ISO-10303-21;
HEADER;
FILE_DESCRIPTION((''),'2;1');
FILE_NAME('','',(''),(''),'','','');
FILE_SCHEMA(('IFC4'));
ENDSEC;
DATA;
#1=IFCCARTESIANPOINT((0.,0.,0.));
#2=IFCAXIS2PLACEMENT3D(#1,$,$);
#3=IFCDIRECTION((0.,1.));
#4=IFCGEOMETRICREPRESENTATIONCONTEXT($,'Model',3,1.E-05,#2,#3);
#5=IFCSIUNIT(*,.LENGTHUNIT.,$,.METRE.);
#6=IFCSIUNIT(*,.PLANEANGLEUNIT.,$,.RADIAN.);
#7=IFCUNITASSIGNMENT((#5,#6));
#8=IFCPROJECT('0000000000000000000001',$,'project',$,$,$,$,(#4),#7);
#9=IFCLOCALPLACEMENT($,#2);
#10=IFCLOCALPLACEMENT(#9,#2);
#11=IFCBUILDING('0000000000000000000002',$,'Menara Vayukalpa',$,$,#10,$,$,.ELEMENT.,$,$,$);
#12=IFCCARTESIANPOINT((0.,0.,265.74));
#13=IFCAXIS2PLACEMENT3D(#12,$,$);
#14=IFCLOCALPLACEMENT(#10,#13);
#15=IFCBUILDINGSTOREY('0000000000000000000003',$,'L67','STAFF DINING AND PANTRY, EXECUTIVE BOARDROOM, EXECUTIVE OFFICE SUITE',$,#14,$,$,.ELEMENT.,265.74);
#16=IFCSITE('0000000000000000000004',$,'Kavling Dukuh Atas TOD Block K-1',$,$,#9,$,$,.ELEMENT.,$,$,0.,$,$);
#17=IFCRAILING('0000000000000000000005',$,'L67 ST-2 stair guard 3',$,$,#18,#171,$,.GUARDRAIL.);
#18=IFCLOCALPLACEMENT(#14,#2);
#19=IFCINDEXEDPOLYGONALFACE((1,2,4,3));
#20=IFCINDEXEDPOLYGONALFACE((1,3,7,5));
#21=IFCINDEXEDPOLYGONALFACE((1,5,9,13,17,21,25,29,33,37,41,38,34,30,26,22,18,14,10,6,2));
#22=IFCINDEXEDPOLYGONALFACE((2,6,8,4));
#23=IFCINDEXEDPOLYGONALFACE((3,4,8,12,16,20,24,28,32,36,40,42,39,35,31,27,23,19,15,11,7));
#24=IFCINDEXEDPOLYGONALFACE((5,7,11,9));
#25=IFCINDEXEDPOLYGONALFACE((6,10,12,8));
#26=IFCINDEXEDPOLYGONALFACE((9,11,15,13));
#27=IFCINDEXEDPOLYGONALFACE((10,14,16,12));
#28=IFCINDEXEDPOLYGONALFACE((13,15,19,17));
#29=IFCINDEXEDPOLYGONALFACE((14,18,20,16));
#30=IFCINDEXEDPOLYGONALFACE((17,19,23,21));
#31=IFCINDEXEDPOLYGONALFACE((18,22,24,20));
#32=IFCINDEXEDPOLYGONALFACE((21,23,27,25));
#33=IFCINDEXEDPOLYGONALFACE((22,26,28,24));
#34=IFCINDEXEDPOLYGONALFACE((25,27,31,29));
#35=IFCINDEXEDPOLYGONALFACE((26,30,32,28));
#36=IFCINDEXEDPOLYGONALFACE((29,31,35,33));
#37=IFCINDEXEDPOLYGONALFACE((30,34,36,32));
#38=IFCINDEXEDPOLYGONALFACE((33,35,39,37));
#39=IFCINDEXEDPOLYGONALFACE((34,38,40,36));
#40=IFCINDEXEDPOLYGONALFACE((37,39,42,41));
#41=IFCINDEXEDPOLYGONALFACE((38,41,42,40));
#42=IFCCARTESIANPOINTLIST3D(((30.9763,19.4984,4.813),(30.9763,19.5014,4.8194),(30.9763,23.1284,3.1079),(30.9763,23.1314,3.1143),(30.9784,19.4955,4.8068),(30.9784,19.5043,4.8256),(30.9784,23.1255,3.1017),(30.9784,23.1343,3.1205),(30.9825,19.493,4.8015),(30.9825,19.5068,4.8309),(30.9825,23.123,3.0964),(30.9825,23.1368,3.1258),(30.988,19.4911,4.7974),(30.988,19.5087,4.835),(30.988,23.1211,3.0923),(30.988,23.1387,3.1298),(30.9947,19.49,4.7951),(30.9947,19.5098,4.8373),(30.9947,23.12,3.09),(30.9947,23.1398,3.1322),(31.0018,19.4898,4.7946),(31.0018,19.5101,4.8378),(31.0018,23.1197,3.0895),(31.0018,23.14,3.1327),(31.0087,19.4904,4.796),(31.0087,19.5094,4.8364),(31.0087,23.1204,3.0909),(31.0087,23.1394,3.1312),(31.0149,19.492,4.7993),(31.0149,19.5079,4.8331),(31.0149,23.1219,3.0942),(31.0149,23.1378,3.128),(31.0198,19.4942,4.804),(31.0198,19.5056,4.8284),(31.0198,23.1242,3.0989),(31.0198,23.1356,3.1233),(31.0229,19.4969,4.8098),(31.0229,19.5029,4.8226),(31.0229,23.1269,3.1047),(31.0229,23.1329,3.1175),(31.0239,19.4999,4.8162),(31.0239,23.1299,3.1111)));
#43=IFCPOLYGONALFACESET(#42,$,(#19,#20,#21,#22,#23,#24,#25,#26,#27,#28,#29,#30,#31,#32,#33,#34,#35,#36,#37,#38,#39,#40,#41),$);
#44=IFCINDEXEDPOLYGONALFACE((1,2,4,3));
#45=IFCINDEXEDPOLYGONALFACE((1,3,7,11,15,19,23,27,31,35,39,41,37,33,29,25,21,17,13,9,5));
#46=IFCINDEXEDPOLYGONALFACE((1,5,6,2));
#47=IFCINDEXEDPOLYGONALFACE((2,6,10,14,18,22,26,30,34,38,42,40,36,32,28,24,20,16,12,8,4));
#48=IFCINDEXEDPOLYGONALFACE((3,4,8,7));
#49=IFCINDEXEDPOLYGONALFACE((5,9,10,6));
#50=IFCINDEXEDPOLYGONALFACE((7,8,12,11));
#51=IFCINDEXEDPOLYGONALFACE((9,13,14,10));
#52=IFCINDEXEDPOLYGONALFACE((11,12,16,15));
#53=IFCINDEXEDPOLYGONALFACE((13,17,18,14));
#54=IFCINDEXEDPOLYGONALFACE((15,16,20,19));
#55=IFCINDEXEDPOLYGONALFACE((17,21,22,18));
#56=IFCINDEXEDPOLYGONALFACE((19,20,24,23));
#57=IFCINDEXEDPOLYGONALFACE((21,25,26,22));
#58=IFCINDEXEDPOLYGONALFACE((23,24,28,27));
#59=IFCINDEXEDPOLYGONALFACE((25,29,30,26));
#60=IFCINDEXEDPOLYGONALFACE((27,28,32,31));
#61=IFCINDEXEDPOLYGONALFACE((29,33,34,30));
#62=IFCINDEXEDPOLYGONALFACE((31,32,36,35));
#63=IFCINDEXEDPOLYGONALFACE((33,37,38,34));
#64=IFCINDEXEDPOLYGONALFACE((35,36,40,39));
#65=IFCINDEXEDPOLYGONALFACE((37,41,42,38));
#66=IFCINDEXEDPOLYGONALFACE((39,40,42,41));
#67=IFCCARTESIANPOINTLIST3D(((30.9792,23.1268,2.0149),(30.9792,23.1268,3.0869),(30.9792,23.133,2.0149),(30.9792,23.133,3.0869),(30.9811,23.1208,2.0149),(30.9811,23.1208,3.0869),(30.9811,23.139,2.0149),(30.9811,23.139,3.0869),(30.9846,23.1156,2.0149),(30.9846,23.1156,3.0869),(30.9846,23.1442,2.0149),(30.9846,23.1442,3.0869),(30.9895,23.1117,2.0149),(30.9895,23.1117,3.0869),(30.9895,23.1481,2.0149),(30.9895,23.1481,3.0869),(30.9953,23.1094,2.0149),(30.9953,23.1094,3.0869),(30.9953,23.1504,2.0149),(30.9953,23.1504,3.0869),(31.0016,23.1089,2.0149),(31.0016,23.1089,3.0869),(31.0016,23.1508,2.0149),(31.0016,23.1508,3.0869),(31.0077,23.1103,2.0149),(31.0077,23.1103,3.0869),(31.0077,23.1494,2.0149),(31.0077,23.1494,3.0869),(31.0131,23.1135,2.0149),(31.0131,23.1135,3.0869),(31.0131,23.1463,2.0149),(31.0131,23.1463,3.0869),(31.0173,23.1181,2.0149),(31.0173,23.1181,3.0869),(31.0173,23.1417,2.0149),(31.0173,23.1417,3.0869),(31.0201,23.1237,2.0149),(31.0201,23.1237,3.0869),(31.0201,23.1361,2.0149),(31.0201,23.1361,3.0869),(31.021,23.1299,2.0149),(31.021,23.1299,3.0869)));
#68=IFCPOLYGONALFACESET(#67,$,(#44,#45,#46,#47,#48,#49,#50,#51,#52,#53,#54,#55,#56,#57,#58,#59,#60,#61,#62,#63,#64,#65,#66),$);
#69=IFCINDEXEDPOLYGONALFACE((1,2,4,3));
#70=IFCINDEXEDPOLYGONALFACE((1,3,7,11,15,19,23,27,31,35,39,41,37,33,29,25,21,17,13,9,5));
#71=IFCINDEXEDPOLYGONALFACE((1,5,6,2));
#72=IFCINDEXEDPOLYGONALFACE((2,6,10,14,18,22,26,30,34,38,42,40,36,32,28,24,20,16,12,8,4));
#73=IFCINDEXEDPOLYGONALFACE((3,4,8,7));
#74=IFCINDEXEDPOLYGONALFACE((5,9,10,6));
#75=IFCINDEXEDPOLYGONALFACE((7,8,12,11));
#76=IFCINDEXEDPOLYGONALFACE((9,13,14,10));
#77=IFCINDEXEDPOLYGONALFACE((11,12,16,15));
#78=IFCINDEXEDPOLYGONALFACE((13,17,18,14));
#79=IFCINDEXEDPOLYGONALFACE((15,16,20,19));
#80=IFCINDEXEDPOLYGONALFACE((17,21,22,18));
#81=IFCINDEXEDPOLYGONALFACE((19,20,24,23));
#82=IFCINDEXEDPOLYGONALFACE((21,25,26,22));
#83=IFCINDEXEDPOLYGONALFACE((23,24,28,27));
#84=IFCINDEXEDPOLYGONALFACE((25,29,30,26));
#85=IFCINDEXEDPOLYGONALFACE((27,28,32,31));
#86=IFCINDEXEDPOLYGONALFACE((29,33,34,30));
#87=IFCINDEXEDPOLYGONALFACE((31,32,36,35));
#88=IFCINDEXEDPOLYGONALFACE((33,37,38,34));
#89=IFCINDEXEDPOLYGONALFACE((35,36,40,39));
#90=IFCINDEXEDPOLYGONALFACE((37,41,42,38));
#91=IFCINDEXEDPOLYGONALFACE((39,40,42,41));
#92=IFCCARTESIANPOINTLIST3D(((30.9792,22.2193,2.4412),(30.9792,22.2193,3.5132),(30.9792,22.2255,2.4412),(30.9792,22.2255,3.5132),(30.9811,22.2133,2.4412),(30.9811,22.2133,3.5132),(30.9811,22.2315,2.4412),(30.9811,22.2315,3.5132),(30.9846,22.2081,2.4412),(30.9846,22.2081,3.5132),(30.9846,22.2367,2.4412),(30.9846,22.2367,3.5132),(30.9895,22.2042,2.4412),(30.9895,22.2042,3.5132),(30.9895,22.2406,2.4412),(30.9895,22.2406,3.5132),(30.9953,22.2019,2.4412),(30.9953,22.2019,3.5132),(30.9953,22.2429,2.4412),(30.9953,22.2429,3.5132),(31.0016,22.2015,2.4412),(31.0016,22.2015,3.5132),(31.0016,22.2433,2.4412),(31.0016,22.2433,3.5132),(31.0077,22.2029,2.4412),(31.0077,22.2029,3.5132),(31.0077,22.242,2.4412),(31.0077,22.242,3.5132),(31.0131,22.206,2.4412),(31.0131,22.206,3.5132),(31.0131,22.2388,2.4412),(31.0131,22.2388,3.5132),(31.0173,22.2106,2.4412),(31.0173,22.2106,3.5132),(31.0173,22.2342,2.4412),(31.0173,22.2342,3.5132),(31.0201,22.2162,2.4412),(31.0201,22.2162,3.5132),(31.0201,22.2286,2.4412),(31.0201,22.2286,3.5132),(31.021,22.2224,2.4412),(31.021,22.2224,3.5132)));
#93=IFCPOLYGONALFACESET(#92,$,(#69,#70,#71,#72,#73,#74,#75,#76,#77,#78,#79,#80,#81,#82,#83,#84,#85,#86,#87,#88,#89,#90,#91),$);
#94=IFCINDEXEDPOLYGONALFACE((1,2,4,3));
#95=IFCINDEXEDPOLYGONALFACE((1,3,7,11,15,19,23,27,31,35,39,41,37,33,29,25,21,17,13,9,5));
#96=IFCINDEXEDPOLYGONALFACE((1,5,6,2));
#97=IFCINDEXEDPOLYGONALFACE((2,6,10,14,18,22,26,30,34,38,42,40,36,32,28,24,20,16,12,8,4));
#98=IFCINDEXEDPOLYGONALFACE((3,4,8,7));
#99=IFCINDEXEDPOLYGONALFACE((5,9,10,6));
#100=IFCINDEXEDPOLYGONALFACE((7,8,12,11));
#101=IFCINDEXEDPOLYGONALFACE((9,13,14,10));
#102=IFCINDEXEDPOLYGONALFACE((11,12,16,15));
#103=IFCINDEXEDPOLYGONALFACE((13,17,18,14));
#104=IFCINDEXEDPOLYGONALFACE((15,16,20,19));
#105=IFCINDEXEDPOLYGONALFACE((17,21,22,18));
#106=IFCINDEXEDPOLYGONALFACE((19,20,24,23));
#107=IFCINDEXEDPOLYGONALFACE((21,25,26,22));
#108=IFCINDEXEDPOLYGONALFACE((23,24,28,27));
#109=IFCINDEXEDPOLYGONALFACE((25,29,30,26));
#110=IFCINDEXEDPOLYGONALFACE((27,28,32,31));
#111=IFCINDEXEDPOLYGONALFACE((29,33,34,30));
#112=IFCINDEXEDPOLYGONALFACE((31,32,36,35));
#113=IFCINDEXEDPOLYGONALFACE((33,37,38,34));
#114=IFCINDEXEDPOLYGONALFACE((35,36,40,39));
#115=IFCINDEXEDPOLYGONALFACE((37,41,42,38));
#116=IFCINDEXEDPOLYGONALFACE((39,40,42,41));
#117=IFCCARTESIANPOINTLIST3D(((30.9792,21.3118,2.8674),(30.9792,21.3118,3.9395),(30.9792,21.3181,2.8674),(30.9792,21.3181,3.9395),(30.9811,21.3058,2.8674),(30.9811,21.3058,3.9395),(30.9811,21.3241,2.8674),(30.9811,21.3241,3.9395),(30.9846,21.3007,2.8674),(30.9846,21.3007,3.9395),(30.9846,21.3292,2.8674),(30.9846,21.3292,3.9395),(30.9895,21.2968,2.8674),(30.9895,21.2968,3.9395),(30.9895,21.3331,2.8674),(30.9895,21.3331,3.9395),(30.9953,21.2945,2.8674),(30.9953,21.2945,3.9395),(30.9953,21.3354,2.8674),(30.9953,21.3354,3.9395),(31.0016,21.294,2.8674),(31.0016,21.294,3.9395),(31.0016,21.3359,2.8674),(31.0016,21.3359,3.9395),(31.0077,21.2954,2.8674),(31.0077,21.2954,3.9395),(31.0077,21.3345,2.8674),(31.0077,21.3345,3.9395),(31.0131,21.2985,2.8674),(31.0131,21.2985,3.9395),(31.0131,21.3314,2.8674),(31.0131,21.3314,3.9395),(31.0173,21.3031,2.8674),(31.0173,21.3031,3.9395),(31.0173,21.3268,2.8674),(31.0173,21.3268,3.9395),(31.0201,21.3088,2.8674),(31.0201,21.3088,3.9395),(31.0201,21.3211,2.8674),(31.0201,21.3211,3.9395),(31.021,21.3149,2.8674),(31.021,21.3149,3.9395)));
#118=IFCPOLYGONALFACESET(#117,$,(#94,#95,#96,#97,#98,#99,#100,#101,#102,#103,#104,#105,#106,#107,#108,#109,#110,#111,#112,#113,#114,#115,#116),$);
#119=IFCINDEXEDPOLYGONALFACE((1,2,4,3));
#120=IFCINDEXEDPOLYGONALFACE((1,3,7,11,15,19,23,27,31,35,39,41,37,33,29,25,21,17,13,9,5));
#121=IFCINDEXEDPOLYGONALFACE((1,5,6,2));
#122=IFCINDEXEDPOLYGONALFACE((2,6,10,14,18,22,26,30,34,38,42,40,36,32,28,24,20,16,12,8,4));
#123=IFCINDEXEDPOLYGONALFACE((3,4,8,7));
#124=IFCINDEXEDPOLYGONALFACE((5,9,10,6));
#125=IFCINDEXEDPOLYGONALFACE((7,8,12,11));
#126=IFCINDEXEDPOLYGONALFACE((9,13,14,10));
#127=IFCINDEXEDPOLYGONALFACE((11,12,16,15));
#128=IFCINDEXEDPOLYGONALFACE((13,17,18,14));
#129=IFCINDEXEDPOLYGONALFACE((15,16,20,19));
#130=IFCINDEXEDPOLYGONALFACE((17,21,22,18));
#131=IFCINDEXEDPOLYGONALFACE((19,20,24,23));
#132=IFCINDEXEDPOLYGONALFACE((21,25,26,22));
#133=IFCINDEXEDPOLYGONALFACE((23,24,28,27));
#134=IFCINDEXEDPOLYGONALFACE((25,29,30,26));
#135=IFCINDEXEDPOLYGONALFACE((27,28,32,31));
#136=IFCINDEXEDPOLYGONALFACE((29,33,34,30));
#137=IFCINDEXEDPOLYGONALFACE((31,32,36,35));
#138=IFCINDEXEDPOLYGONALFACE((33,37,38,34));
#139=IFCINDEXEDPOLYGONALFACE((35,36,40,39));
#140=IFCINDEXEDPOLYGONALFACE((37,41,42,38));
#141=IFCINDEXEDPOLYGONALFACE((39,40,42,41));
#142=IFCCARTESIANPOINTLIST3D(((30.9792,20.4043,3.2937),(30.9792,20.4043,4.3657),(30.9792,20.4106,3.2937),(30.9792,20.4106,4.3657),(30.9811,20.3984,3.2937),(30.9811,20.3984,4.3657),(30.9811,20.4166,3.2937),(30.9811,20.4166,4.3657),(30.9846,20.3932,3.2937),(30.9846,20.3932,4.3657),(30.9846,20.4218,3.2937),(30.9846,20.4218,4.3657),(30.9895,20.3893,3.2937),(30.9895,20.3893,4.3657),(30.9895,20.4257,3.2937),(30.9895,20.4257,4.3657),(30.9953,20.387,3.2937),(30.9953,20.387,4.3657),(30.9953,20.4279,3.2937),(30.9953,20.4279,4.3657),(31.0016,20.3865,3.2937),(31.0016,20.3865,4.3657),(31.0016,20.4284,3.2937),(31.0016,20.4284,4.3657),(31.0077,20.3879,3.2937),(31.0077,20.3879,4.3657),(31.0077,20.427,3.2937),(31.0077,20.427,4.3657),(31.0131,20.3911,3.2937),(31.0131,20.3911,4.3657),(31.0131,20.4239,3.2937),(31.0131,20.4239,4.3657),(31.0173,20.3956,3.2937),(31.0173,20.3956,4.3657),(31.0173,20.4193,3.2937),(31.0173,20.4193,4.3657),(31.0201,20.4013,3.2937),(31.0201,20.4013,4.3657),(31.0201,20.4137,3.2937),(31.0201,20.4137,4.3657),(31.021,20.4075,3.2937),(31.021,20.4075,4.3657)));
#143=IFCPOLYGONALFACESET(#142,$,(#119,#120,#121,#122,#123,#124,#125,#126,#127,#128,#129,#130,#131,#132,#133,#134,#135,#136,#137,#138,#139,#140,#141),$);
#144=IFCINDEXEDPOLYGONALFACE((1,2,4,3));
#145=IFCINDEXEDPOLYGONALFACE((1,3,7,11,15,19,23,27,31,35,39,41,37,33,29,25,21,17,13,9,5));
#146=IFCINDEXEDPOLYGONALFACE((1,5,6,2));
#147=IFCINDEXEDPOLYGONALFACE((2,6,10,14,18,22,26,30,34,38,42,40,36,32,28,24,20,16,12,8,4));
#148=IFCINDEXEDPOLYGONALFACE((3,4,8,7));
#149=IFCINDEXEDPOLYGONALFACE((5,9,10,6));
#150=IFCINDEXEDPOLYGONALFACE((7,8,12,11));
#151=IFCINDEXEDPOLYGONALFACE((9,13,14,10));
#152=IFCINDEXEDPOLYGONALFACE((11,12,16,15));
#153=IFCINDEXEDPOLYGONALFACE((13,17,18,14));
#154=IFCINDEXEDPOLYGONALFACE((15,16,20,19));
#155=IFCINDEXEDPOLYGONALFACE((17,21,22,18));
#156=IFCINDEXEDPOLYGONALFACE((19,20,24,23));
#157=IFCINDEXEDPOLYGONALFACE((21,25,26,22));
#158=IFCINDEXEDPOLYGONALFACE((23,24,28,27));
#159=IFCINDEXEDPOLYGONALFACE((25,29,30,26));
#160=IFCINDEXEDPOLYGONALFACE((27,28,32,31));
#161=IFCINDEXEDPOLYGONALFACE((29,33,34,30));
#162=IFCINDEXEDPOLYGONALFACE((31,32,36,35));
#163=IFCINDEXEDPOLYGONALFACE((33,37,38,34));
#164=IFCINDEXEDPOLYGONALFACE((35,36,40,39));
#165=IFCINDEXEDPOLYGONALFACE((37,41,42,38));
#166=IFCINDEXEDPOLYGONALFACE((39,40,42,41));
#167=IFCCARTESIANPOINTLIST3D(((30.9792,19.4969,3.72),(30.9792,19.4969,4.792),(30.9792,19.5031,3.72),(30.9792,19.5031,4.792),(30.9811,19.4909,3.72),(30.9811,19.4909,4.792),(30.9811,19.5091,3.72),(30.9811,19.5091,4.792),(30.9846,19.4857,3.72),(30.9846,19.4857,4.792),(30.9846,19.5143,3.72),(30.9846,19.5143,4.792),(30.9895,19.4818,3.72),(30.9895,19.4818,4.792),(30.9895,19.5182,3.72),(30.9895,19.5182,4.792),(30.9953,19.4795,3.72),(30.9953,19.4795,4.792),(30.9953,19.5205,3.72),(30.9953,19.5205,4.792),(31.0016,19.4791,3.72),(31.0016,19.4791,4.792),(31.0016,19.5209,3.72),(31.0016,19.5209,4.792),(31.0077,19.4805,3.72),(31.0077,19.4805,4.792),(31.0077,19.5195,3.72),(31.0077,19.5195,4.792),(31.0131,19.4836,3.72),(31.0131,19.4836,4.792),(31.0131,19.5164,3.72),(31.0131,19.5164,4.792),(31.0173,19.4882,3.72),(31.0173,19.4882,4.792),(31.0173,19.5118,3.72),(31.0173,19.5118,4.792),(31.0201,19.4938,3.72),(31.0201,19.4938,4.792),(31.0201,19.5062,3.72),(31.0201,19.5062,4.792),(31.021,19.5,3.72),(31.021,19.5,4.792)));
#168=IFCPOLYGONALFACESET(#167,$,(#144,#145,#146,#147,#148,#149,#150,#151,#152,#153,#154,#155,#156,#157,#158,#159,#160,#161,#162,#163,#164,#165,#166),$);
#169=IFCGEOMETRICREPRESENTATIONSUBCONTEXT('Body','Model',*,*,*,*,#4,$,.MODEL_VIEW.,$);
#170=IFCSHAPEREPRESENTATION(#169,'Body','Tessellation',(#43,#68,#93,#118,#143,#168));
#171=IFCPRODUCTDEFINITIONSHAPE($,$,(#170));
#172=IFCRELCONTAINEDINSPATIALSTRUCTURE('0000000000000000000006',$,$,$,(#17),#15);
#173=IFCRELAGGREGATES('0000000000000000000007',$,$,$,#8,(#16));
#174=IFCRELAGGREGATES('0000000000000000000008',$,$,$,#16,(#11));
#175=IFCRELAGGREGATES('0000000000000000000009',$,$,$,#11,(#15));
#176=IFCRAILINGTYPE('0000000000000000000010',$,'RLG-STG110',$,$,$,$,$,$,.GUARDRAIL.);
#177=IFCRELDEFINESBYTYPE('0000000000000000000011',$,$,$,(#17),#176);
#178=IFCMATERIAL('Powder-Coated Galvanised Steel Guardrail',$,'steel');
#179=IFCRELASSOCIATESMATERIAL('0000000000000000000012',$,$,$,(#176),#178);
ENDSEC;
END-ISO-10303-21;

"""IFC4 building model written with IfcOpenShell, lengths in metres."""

from ifc_helpers import new_model, si_unit, direction, frame, origin, origin_2d, place, context, subcontext, project, spatial, circle, extrude, material, type_object, element, save


model = new_model("IFC4")

# Units and contexts
model_context = context("Model", 3, precision=1e-05, world=origin(), true_north=direction((0.0, 1.0)))
body_context = subcontext(model_context, "Body", "Model", "MODEL_VIEW")
ifc_project = project(units=[si_unit("LENGTHUNIT", "METRE"), si_unit("PLANEANGLEUNIT", "RADIAN")], contexts=[model_context])

# Site, building, storey
site_placement = place(None, origin())
site = spatial("IfcSite", under=ifc_project, at=site_placement, Name="Kavling Dukuh Atas TOD Block K-1", CompositionType="ELEMENT", RefElevation=0.0)
building_placement = place(site_placement, origin())
building = spatial("IfcBuilding", under=site, at=building_placement, Name="Menara Vayukalpa", CompositionType="ELEMENT")
storey_placement = place(building_placement, frame((0.0, 0.0, 265.74)))
storey = spatial("IfcBuildingStorey", under=building, at=storey_placement, Name="L67", Description="STAFF DINING AND PANTRY, EXECUTIVE BOARDROOM, EXECUTIVE OFFICE SUITE", CompositionType="ELEMENT", Elevation=265.74)

# Railing
ifc_material_1 = material(Name="Powder-Coated Galvanised Steel Guardrail", Category="steel")
railing_type_1 = type_object("IfcRailingType", Name="RLG-STG110", PredefinedType="GUARDRAIL", material=ifc_material_1)
railing_1_placement = place(storey_placement, frame((31.0, 23.1299, 2.0149)))
element("IfcRailing", 1, at=railing_1_placement, inside=storey, type_object=railing_type_1, Name="L67 ST-2 stair guard 3", PredefinedType="GUARDRAIL", context=body_context, shape_type="SweptSolid", body=[
    extrude(circle(Radius=0.0239, at=origin_2d()), frame((0.0, 0.0, 1.0962), z_axis=(0.0, -0.905116, 0.425164), x_axis=(1.0, 0.0, 0.0)), (0.0, 0.0, 1.0), 4.0105),
    extrude(circle(Radius=0.021, at=origin_2d()), origin(), (0.0, 0.0, 1.0), 1.072),
    extrude(circle(Radius=0.021, at=origin_2d()), frame((0.0, -0.9075, 0.4263)), (0.0, 0.0, 1.0), 1.072),
    extrude(circle(Radius=0.021, at=origin_2d()), frame((0.0, -1.8149, 0.8525)), (0.0, 0.0, 1.0), 1.072),
    extrude(circle(Radius=0.021, at=origin_2d()), frame((0.0, -2.7224, 1.2788)), (0.0, 0.0, 1.0), 1.072),
    extrude(circle(Radius=0.021, at=origin_2d()), frame((0.0, -3.6299, 1.7051)), (0.0, 0.0, 1.0), 1.072),
])

save(model, "model.ifc")
